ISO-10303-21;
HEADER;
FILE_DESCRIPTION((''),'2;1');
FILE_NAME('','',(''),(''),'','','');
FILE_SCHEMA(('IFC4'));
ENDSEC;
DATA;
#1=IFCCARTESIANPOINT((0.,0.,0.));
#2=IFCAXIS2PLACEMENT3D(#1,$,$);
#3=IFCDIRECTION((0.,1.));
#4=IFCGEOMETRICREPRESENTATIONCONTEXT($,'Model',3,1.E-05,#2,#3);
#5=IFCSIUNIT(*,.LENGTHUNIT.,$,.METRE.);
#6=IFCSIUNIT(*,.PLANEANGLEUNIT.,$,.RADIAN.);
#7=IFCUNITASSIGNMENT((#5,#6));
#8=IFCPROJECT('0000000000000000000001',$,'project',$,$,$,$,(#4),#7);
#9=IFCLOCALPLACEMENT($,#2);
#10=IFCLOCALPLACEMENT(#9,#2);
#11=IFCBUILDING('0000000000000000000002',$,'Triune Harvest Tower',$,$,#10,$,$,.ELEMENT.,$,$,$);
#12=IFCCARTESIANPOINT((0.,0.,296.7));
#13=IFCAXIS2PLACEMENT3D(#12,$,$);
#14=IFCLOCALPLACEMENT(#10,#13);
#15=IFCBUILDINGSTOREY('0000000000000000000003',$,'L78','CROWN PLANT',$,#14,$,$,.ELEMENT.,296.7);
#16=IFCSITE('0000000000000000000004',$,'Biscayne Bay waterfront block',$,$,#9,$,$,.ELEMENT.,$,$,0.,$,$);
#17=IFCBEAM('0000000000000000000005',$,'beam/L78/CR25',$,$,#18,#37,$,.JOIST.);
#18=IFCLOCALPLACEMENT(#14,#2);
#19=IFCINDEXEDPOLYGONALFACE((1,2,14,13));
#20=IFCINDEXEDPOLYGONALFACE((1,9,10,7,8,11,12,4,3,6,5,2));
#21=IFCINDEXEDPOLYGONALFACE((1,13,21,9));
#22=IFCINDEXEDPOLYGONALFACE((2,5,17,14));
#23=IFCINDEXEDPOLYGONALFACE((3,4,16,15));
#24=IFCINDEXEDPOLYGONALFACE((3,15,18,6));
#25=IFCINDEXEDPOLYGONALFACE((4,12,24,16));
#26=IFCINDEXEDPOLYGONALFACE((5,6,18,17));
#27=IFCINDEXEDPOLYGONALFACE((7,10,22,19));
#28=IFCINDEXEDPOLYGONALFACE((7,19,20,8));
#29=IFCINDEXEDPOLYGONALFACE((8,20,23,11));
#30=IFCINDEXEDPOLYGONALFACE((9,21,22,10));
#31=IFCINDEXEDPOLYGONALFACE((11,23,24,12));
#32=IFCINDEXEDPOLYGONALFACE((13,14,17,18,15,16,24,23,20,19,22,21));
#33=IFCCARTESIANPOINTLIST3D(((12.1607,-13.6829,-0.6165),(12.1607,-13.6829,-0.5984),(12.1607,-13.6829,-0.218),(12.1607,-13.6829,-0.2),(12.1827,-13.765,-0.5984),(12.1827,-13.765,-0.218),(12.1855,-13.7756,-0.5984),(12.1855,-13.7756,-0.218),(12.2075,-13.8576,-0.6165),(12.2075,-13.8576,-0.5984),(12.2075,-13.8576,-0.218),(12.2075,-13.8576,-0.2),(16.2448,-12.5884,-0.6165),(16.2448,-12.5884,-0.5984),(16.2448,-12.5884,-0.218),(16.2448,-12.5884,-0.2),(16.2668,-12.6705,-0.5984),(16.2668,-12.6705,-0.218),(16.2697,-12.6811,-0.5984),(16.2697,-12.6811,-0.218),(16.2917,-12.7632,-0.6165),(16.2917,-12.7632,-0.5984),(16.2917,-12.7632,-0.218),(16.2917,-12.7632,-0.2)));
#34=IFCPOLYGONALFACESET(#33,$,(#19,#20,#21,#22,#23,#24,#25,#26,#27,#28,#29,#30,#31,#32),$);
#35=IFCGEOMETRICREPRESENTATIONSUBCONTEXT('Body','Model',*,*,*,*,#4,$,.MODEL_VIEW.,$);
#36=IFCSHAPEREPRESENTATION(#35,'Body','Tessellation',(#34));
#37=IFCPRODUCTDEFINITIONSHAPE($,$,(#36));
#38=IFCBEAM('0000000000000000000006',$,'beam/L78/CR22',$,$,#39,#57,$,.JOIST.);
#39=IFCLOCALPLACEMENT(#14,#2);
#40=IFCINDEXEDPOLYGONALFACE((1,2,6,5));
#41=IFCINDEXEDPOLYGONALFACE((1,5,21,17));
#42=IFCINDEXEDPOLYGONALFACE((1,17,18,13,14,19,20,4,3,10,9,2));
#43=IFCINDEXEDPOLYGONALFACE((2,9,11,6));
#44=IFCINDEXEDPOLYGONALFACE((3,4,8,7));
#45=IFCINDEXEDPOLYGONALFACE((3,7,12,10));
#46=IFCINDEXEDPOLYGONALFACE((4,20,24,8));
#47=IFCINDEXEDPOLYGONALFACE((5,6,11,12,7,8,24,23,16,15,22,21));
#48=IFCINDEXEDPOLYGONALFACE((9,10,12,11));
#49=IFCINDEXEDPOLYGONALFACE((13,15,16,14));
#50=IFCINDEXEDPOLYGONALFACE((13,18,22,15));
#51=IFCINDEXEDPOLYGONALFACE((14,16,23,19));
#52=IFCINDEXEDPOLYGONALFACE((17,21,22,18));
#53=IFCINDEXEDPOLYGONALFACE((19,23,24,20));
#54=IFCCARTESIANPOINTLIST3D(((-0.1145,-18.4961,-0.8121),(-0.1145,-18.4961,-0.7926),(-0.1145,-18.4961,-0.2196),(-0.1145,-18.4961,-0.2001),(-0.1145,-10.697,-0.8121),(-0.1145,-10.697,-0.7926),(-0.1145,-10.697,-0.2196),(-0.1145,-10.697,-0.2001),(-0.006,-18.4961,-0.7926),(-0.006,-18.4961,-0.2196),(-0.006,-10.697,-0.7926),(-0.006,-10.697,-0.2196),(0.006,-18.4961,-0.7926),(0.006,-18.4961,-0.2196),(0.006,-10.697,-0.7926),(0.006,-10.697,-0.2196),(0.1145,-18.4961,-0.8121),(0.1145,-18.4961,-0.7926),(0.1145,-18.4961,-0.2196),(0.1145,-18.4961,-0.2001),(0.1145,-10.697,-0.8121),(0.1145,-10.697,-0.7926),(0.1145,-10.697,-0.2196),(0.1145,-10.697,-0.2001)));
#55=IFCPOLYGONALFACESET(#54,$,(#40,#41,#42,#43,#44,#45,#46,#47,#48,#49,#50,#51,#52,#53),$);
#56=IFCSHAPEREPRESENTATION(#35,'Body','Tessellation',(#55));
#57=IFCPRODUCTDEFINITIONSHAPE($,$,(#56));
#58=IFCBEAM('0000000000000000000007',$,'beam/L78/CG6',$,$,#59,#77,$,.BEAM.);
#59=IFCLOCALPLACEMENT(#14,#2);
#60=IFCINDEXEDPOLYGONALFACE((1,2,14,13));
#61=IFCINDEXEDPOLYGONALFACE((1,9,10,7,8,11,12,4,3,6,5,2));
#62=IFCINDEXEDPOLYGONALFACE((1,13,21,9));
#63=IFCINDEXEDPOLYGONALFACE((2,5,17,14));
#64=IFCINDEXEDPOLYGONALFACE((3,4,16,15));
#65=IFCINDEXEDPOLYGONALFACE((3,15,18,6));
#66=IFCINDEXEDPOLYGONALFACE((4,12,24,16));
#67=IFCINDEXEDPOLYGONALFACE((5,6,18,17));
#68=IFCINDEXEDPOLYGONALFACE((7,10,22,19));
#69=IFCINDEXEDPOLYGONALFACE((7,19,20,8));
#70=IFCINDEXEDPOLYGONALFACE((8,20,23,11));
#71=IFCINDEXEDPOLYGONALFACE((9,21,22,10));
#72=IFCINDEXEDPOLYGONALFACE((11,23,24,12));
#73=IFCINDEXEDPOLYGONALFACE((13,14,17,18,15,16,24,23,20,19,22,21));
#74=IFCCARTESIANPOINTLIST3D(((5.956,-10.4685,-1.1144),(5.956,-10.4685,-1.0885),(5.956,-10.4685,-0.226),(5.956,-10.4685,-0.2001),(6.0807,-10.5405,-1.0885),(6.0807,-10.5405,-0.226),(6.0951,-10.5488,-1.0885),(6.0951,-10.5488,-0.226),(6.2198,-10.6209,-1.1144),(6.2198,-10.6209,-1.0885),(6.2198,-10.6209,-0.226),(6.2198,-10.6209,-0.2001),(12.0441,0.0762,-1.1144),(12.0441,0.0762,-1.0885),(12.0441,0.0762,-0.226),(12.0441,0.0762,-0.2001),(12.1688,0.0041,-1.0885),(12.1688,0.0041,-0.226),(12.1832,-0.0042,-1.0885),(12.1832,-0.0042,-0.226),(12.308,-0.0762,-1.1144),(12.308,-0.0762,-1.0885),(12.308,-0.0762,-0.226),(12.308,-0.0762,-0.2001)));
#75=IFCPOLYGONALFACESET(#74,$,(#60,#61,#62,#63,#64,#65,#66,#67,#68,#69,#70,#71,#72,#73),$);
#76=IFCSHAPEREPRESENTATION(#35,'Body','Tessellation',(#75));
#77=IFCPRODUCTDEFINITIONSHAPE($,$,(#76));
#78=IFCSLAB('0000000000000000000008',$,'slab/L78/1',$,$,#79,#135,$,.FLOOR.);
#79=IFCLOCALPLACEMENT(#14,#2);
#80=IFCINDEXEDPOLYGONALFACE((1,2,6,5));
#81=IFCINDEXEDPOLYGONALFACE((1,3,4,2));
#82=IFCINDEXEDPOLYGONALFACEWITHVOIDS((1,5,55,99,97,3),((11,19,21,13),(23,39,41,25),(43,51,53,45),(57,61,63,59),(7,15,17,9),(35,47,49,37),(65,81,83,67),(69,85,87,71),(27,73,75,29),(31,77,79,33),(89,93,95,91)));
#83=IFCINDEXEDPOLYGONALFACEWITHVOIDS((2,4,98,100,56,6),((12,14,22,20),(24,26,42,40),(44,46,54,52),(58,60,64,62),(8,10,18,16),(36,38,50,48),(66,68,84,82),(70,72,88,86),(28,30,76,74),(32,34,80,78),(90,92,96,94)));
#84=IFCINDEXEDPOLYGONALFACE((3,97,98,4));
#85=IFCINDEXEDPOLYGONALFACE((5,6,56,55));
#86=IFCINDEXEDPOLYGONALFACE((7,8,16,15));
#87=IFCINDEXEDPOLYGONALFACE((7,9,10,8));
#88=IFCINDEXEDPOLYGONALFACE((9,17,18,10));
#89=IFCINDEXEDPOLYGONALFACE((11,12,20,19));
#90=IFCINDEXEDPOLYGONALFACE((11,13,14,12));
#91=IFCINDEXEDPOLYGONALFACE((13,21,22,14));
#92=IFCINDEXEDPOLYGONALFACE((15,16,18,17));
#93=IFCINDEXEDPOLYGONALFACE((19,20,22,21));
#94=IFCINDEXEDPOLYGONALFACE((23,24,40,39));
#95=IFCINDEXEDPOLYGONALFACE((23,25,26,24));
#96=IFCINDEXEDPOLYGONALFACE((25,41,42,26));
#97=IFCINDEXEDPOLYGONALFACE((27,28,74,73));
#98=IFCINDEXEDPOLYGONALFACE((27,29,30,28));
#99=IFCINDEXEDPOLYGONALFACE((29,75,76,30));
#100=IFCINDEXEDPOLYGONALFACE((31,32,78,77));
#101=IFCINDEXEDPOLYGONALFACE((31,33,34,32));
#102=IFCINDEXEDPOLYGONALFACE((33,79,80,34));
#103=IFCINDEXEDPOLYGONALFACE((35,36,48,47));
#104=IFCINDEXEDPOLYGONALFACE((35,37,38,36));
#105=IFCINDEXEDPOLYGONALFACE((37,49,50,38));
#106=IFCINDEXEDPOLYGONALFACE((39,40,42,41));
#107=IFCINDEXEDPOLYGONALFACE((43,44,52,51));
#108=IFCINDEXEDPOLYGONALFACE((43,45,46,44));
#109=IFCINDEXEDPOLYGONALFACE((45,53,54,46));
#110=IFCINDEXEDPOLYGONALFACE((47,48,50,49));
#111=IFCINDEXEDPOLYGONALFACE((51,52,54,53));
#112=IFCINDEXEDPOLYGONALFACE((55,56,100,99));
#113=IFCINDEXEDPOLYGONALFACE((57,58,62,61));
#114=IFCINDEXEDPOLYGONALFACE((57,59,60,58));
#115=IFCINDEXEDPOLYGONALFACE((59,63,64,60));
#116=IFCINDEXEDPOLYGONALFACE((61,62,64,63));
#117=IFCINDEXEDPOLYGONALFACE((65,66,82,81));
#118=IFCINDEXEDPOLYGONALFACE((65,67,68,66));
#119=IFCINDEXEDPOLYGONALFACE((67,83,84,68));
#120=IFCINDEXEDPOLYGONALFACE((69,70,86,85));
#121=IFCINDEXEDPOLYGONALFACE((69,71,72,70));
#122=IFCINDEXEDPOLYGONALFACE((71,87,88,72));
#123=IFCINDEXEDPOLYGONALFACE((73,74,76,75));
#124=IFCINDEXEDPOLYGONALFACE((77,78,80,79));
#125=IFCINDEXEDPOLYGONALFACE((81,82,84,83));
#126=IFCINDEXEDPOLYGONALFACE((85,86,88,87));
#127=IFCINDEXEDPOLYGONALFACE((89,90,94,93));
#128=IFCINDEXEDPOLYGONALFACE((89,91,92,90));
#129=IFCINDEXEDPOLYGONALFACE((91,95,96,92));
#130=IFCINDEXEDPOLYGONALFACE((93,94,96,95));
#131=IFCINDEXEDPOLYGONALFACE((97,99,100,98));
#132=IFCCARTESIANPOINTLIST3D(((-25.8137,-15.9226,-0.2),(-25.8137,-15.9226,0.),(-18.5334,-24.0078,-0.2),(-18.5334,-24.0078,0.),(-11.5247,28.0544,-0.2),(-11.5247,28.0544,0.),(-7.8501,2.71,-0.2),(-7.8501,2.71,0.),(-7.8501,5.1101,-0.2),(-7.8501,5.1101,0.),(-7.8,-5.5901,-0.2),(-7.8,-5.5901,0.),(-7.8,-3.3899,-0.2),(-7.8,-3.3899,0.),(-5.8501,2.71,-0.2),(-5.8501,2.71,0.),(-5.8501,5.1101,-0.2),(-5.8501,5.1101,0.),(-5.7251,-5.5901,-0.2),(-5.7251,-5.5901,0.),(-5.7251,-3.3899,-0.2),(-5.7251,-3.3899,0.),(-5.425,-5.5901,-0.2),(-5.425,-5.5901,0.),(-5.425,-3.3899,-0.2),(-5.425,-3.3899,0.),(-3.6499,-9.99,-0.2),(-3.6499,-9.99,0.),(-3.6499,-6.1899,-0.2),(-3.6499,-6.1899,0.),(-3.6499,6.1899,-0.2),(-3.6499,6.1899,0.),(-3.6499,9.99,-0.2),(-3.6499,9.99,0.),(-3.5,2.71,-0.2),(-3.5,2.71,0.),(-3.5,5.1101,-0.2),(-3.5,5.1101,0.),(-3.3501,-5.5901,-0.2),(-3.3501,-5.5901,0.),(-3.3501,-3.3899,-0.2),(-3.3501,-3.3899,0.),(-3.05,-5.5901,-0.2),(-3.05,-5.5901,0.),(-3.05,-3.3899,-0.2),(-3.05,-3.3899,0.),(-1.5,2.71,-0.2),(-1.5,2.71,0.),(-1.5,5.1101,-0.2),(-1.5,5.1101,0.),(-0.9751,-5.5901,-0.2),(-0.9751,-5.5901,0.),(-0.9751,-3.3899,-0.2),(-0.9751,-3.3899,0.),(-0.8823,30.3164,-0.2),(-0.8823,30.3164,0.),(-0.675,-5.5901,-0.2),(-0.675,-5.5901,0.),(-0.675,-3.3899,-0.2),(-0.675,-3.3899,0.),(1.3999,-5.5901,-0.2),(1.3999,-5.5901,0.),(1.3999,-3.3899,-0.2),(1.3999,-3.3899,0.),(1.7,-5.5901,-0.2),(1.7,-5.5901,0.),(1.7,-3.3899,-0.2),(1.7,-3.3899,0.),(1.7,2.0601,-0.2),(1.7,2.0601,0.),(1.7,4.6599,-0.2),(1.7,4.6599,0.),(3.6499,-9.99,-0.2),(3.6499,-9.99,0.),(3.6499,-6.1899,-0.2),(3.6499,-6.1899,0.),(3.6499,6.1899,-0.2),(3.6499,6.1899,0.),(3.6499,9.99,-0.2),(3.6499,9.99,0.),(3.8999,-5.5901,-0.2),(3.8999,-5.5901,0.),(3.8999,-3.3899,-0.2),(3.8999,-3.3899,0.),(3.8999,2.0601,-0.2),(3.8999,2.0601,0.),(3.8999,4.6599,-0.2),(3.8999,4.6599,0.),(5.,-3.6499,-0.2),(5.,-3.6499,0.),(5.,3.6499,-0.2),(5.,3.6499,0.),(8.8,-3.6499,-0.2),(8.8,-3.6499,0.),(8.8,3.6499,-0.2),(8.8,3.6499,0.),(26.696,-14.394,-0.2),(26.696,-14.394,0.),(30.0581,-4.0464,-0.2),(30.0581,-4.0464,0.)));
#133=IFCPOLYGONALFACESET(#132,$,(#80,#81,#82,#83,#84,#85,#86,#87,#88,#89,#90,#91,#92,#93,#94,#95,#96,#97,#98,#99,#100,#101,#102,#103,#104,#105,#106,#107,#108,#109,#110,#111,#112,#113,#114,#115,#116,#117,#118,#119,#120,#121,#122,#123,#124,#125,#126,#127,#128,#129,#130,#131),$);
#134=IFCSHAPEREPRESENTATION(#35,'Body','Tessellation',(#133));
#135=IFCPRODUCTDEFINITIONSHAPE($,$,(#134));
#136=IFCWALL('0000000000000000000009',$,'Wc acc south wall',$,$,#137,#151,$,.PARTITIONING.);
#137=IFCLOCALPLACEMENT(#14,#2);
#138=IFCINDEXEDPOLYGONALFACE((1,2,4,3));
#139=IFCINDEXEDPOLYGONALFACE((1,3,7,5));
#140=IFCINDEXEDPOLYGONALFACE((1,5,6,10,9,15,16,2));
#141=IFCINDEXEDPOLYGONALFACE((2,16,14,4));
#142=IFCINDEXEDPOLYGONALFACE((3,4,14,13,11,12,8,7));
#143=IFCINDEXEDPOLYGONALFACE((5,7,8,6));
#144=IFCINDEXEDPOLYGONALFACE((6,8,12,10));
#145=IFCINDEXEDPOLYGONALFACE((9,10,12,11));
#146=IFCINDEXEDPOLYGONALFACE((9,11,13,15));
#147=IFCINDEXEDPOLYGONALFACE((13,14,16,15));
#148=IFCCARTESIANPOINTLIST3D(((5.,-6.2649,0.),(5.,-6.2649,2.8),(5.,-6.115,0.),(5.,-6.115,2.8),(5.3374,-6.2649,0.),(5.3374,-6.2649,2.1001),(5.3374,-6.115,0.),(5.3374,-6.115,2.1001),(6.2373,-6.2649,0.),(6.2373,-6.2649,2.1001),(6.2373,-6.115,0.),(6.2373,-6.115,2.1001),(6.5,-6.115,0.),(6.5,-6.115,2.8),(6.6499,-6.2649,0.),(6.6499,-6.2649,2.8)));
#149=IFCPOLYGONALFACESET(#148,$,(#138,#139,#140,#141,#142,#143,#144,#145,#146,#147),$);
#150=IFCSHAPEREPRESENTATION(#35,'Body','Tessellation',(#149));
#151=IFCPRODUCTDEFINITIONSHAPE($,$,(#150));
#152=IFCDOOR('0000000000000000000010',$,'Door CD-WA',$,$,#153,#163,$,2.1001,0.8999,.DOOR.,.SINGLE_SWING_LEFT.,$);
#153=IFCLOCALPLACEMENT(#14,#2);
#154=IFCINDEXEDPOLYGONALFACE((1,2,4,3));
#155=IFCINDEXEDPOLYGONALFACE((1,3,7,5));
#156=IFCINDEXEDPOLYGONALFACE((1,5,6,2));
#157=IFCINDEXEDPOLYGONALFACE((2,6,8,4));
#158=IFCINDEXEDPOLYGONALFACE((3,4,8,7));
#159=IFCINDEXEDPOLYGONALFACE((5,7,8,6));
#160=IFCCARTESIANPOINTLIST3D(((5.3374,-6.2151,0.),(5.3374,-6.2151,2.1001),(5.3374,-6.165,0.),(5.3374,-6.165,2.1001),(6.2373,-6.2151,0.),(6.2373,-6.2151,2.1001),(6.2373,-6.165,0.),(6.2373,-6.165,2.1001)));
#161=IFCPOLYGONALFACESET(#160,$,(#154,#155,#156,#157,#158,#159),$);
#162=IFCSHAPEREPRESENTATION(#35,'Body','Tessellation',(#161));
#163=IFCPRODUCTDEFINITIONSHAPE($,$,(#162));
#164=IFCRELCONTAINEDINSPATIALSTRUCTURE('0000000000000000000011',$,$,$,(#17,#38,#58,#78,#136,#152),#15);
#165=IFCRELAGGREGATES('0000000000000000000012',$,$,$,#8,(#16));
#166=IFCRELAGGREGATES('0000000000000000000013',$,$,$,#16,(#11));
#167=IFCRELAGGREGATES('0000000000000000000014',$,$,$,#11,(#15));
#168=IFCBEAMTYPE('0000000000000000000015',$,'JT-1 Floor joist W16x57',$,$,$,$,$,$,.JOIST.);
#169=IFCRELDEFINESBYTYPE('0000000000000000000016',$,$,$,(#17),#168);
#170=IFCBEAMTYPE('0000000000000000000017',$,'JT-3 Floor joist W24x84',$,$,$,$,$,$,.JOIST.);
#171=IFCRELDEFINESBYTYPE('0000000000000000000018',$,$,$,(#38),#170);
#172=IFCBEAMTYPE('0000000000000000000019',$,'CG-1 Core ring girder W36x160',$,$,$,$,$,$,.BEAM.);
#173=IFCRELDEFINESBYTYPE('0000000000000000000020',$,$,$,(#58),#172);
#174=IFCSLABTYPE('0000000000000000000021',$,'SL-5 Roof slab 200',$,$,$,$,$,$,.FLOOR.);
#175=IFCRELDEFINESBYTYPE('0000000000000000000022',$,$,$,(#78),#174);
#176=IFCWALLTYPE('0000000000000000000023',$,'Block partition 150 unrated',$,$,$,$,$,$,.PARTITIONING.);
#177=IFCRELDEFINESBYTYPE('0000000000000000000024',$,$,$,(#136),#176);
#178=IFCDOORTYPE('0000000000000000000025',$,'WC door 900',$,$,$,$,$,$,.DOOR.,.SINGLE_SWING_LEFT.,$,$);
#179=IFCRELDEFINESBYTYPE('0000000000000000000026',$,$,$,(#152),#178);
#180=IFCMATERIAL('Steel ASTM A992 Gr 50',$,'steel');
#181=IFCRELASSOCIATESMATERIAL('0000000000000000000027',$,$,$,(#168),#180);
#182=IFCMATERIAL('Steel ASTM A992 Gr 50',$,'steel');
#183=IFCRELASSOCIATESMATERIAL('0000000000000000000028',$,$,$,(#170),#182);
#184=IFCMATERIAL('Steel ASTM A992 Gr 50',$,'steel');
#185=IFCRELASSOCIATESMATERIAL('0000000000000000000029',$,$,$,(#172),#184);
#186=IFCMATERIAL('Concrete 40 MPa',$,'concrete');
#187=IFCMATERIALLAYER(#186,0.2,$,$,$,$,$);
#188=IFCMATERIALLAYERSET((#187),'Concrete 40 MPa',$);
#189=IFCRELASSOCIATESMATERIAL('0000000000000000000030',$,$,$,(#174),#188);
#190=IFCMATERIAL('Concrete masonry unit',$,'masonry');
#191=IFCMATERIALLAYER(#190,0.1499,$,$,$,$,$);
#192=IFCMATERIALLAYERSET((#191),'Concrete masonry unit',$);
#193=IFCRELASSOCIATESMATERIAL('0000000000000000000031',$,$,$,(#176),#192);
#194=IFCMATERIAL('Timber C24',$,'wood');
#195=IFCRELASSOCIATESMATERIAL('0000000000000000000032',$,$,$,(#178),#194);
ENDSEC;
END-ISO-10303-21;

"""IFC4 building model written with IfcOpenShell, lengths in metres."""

from ifc_helpers import new_model, si_unit, direction, frame, frame_2d, origin, origin_2d, place, context, subcontext, project, spatial, polyline, rectangle, i_section, outline, extrude, source, transform, mapped, material, layer, layer_set, material_profile, profile_set, type_object, element, fill, save


model = new_model("IFC4")

# Units and contexts
model_context = context("Model", 3, precision=1e-05, world=origin(), true_north=direction((0.0, 1.0)))
body_context = subcontext(model_context, "Body", "Model", "MODEL_VIEW")
ifc_project = project(units=[si_unit("LENGTHUNIT", "METRE"), si_unit("PLANEANGLEUNIT", "RADIAN")], contexts=[model_context])

# Site, building, storey
site_placement = place(None, origin())
site = spatial("IfcSite", under=ifc_project, at=site_placement, Name="Biscayne Bay waterfront block", CompositionType="ELEMENT", RefElevation=0.0)
building_placement = place(site_placement, origin())
building = spatial("IfcBuilding", under=site, at=building_placement, Name="Triune Harvest Tower", CompositionType="ELEMENT")
storey_placement = place(building_placement, frame((0.0, 0.0, 296.7)))
storey = spatial("IfcBuildingStorey", under=building, at=storey_placement, Name="L78", Description="CROWN PLANT", CompositionType="ELEMENT", Elevation=296.7)

# Beams
ifc_material_1 = material(Name="Steel ASTM A992 Gr 50", Category="steel")
ifc_material_profile_1 = material_profile(ifc_material_1, i_section(OverallWidth=0.1809, OverallDepth=0.4165, WebThickness=0.011, FlangeThickness=0.0181, at=origin_2d()), Name="W16x57")
ifc_profile_set_1 = profile_set([ifc_material_profile_1], Name="Steel ASTM A992 Gr 50")
beam_type_1 = type_object("IfcBeamType", Name="JT-1 Floor joist W16x57", PredefinedType="JOIST", material=ifc_profile_set_1)
beam_1_placement = place(storey_placement, frame((12.1841, -13.7703, -0.4082), z_axis=(0.965919, 0.258845, 0.0), x_axis=(-0.258845, 0.965919, 0.0)))
element("IfcBeam", 1, at=beam_1_placement, inside=storey, type_object=beam_type_1, Name="beam/L78/CR25", PredefinedType="JOIST", context=body_context, shape_type="SweptSolid", body=[
    extrude(i_section(OverallWidth=0.1809, OverallDepth=0.4165, WebThickness=0.011, FlangeThickness=0.0181, at=origin_2d()), origin(), (0.0, 0.0, 1.0), 4.2283),
])
ifc_material_2 = material(Name="Steel ASTM A992 Gr 50", Category="steel")
ifc_material_profile_2 = material_profile(ifc_material_2, i_section(OverallWidth=0.229, OverallDepth=0.6121, WebThickness=0.012, FlangeThickness=0.0195, at=origin_2d()), Name="W24x84")
ifc_profile_set_2 = profile_set([ifc_material_profile_2], Name="Steel ASTM A992 Gr 50")
beam_type_2 = type_object("IfcBeamType", Name="JT-3 Floor joist W24x84", PredefinedType="JOIST", material=ifc_profile_set_2)
beam_2_placement = place(storey_placement, frame((0.0, -10.697, -0.5061), z_axis=(0.0, -1.0, 0.0), x_axis=(1.0, 0.0, 0.0)))
element("IfcBeam", 2, at=beam_2_placement, inside=storey, type_object=beam_type_2, Name="beam/L78/CR22", PredefinedType="JOIST", context=body_context, shape_type="SweptSolid", body=[
    extrude(i_section(OverallWidth=0.229, OverallDepth=0.6121, WebThickness=0.012, FlangeThickness=0.0195, at=origin_2d()), origin(), (0.0, 0.0, 1.0), 7.7991),
])
ifc_material_3 = material(Name="Steel ASTM A992 Gr 50", Category="steel")
ifc_material_profile_3 = material_profile(ifc_material_3, i_section(OverallWidth=0.3047, OverallDepth=0.9143, WebThickness=0.0166, FlangeThickness=0.0259, at=origin_2d()), Name="W36x160")
ifc_profile_set_3 = profile_set([ifc_material_profile_3], Name="Steel ASTM A992 Gr 50")
beam_type_3 = type_object("IfcBeamType", Name="CG-1 Core ring girder W36x160", PredefinedType="BEAM", material=ifc_profile_set_3)
shared_shape_1 = source(origin(), body_context, "Body", "SweptSolid", [
    extrude(i_section(OverallWidth=0.3047, OverallDepth=0.9143, WebThickness=0.0166, FlangeThickness=0.0259, at=origin_2d()), origin(), (0.0, 0.0, 1.0), 12.176),
])
beam_3_placement = place(storey_placement, frame((6.0879, -10.5447, -0.6572), z_axis=(0.50001, 0.86602, 0.0), x_axis=(-0.86602, 0.50001, 0.0)))
element("IfcBeam", 3, at=beam_3_placement, inside=storey, type_object=beam_type_3, Name="beam/L78/CG6", PredefinedType="BEAM", context=body_context, shape_type="MappedRepresentation", body=[
    mapped(shared_shape_1, transform((0.0, 0.0, 0.0), scale=1.0)),
])

# Slab
ifc_material_4 = material(Name="Concrete 40 MPa", Category="concrete")
ifc_layer_1 = layer(ifc_material_4, 0.2)
ifc_layer_set_1 = layer_set([ifc_layer_1], Name="Concrete 40 MPa")
slab_type = type_object("IfcSlabType", Name="SL-5 Roof slab 200", PredefinedType="FLOOR", material=ifc_layer_set_1)
slab_placement = place(storey_placement, frame((0.0, 0.0, -0.2)))
element("IfcSlab", 4, at=slab_placement, inside=storey, type_object=slab_type, Name="slab/L78/1", PredefinedType="FLOOR", context=body_context, shape_type="SweptSolid", body=[
    extrude(outline(polyline([(30.0581, -4.0464), (-0.8823, 30.3164), (-11.5247, 28.0544), (-25.8137, -15.9226), (-18.5334, -24.0078), (26.696, -14.394), (30.0581, -4.0464)]), holes=[polyline([(-5.7251, -5.5901), (-5.7251, -3.3899), (-7.8, -3.3899), (-7.8, -5.5901), (-5.7251, -5.5901)]), polyline([(-3.3501, -5.5901), (-3.3501, -3.3899), (-5.425, -3.3899), (-5.425, -5.5901), (-3.3501, -5.5901)]), polyline([(-0.9751, -5.5901), (-0.9751, -3.3899), (-3.05, -3.3899), (-3.05, -5.5901), (-0.9751, -5.5901)]), polyline([(1.3999, -5.5901), (1.3999, -3.3899), (-0.675, -3.3899), (-0.675, -5.5901), (1.3999, -5.5901)]), polyline([(3.8999, 2.0601), (3.8999, 4.6599), (1.7, 4.6599), (1.7, 2.0601), (3.8999, 2.0601)]), polyline([(3.8999, -5.5901), (3.8999, -3.3899), (1.7, -3.3899), (1.7, -5.5901), (3.8999, -5.5901)]), polyline([(-5.8501, 2.71), (-5.8501, 5.1101), (-7.8501, 5.1101), (-7.8501, 2.71), (-5.8501, 2.71)]), polyline([(-1.5, 2.71), (-1.5, 5.1101), (-3.5, 5.1101), (-3.5, 2.71), (-1.5, 2.71)]), polyline([(3.6499, 6.1899), (3.6499, 9.99), (-3.6499, 9.99), (-3.6499, 6.1899), (3.6499, 6.1899)]), polyline([(3.6499, -9.99), (3.6499, -6.1899), (-3.6499, -6.1899), (-3.6499, -9.99), (3.6499, -9.99)]), polyline([(8.8, -3.6499), (8.8, 3.6499), (5.0, 3.6499), (5.0, -3.6499), (8.8, -3.6499)])]), origin(), (0.0, 0.0, 1.0), 0.2),
])

# Wall, opening, door
ifc_material_5 = material(Name="Concrete masonry unit", Category="masonry")
ifc_layer_2 = layer(ifc_material_5, 0.1499)
ifc_layer_set_2 = layer_set([ifc_layer_2], Name="Concrete masonry unit")
wall_type_1 = type_object("IfcWallType", Name="Block partition 150 unrated", PredefinedType="PARTITIONING", material=ifc_layer_set_2)
wall_1_placement = place(storey_placement, frame((5.0, -6.1899, 0.0), z_axis=(0.0, 0.0, 1.0), x_axis=(1.0, 0.0, 0.0)))
wall_1 = element("IfcWall", 5, at=wall_1_placement, inside=storey, type_object=wall_type_1, Name="Wc acc south wall", PredefinedType="PARTITIONING", context=body_context, shape_type="SweptSolid", body=[
    extrude(outline(polyline([(0.0, -0.075), (1.6499, -0.075), (1.5, 0.075), (0.0, 0.075), (0.0, -0.075)])), origin(), (0.0, 0.0, 1.0), 2.8),
])
opening_1_placement = place(wall_1_placement, frame((0.3374, 0.0, 0.0)))
opening_1 = element("IfcOpeningElement", 6, at=opening_1_placement, cuts=wall_1, PredefinedType="OPENING", context=body_context, shape_type="SweptSolid", body=[
    extrude(rectangle(XDim=0.8999, YDim=2.1001, at=frame_2d((0.45, 1.05))), frame((0.0, 0.085, 0.0), z_axis=(0.0, -1.0, 0.0), x_axis=(1.0, 0.0, 0.0)), (0.0, 0.0, 1.0), 0.1699),
])
ifc_material_6 = material(Name="Timber C24", Category="wood")
door_type_1 = type_object("IfcDoorType", Name="WC door 900", OperationType="SINGLE_SWING_LEFT", PredefinedType="DOOR", material=ifc_material_6)
door_1_placement = place(opening_1_placement, origin())
door_1 = element("IfcDoor", 7, at=door_1_placement, inside=storey, type_object=door_type_1, Name="Door CD-WA", OperationType="SINGLE_SWING_LEFT", OverallHeight=2.1001, OverallWidth=0.8999, PredefinedType="DOOR", context=body_context, shape_type="SweptSolid", body=[
    extrude(rectangle(XDim=0.8999, YDim=2.1001, at=frame_2d((0.45, 1.05))), frame((0.0, 0.0249, 0.0), z_axis=(0.0, -1.0, 0.0), x_axis=(1.0, 0.0, 0.0)), (0.0, 0.0, 1.0), 0.05),
])
fill(opening_1, door_1)

save(model, "model.ifc")
